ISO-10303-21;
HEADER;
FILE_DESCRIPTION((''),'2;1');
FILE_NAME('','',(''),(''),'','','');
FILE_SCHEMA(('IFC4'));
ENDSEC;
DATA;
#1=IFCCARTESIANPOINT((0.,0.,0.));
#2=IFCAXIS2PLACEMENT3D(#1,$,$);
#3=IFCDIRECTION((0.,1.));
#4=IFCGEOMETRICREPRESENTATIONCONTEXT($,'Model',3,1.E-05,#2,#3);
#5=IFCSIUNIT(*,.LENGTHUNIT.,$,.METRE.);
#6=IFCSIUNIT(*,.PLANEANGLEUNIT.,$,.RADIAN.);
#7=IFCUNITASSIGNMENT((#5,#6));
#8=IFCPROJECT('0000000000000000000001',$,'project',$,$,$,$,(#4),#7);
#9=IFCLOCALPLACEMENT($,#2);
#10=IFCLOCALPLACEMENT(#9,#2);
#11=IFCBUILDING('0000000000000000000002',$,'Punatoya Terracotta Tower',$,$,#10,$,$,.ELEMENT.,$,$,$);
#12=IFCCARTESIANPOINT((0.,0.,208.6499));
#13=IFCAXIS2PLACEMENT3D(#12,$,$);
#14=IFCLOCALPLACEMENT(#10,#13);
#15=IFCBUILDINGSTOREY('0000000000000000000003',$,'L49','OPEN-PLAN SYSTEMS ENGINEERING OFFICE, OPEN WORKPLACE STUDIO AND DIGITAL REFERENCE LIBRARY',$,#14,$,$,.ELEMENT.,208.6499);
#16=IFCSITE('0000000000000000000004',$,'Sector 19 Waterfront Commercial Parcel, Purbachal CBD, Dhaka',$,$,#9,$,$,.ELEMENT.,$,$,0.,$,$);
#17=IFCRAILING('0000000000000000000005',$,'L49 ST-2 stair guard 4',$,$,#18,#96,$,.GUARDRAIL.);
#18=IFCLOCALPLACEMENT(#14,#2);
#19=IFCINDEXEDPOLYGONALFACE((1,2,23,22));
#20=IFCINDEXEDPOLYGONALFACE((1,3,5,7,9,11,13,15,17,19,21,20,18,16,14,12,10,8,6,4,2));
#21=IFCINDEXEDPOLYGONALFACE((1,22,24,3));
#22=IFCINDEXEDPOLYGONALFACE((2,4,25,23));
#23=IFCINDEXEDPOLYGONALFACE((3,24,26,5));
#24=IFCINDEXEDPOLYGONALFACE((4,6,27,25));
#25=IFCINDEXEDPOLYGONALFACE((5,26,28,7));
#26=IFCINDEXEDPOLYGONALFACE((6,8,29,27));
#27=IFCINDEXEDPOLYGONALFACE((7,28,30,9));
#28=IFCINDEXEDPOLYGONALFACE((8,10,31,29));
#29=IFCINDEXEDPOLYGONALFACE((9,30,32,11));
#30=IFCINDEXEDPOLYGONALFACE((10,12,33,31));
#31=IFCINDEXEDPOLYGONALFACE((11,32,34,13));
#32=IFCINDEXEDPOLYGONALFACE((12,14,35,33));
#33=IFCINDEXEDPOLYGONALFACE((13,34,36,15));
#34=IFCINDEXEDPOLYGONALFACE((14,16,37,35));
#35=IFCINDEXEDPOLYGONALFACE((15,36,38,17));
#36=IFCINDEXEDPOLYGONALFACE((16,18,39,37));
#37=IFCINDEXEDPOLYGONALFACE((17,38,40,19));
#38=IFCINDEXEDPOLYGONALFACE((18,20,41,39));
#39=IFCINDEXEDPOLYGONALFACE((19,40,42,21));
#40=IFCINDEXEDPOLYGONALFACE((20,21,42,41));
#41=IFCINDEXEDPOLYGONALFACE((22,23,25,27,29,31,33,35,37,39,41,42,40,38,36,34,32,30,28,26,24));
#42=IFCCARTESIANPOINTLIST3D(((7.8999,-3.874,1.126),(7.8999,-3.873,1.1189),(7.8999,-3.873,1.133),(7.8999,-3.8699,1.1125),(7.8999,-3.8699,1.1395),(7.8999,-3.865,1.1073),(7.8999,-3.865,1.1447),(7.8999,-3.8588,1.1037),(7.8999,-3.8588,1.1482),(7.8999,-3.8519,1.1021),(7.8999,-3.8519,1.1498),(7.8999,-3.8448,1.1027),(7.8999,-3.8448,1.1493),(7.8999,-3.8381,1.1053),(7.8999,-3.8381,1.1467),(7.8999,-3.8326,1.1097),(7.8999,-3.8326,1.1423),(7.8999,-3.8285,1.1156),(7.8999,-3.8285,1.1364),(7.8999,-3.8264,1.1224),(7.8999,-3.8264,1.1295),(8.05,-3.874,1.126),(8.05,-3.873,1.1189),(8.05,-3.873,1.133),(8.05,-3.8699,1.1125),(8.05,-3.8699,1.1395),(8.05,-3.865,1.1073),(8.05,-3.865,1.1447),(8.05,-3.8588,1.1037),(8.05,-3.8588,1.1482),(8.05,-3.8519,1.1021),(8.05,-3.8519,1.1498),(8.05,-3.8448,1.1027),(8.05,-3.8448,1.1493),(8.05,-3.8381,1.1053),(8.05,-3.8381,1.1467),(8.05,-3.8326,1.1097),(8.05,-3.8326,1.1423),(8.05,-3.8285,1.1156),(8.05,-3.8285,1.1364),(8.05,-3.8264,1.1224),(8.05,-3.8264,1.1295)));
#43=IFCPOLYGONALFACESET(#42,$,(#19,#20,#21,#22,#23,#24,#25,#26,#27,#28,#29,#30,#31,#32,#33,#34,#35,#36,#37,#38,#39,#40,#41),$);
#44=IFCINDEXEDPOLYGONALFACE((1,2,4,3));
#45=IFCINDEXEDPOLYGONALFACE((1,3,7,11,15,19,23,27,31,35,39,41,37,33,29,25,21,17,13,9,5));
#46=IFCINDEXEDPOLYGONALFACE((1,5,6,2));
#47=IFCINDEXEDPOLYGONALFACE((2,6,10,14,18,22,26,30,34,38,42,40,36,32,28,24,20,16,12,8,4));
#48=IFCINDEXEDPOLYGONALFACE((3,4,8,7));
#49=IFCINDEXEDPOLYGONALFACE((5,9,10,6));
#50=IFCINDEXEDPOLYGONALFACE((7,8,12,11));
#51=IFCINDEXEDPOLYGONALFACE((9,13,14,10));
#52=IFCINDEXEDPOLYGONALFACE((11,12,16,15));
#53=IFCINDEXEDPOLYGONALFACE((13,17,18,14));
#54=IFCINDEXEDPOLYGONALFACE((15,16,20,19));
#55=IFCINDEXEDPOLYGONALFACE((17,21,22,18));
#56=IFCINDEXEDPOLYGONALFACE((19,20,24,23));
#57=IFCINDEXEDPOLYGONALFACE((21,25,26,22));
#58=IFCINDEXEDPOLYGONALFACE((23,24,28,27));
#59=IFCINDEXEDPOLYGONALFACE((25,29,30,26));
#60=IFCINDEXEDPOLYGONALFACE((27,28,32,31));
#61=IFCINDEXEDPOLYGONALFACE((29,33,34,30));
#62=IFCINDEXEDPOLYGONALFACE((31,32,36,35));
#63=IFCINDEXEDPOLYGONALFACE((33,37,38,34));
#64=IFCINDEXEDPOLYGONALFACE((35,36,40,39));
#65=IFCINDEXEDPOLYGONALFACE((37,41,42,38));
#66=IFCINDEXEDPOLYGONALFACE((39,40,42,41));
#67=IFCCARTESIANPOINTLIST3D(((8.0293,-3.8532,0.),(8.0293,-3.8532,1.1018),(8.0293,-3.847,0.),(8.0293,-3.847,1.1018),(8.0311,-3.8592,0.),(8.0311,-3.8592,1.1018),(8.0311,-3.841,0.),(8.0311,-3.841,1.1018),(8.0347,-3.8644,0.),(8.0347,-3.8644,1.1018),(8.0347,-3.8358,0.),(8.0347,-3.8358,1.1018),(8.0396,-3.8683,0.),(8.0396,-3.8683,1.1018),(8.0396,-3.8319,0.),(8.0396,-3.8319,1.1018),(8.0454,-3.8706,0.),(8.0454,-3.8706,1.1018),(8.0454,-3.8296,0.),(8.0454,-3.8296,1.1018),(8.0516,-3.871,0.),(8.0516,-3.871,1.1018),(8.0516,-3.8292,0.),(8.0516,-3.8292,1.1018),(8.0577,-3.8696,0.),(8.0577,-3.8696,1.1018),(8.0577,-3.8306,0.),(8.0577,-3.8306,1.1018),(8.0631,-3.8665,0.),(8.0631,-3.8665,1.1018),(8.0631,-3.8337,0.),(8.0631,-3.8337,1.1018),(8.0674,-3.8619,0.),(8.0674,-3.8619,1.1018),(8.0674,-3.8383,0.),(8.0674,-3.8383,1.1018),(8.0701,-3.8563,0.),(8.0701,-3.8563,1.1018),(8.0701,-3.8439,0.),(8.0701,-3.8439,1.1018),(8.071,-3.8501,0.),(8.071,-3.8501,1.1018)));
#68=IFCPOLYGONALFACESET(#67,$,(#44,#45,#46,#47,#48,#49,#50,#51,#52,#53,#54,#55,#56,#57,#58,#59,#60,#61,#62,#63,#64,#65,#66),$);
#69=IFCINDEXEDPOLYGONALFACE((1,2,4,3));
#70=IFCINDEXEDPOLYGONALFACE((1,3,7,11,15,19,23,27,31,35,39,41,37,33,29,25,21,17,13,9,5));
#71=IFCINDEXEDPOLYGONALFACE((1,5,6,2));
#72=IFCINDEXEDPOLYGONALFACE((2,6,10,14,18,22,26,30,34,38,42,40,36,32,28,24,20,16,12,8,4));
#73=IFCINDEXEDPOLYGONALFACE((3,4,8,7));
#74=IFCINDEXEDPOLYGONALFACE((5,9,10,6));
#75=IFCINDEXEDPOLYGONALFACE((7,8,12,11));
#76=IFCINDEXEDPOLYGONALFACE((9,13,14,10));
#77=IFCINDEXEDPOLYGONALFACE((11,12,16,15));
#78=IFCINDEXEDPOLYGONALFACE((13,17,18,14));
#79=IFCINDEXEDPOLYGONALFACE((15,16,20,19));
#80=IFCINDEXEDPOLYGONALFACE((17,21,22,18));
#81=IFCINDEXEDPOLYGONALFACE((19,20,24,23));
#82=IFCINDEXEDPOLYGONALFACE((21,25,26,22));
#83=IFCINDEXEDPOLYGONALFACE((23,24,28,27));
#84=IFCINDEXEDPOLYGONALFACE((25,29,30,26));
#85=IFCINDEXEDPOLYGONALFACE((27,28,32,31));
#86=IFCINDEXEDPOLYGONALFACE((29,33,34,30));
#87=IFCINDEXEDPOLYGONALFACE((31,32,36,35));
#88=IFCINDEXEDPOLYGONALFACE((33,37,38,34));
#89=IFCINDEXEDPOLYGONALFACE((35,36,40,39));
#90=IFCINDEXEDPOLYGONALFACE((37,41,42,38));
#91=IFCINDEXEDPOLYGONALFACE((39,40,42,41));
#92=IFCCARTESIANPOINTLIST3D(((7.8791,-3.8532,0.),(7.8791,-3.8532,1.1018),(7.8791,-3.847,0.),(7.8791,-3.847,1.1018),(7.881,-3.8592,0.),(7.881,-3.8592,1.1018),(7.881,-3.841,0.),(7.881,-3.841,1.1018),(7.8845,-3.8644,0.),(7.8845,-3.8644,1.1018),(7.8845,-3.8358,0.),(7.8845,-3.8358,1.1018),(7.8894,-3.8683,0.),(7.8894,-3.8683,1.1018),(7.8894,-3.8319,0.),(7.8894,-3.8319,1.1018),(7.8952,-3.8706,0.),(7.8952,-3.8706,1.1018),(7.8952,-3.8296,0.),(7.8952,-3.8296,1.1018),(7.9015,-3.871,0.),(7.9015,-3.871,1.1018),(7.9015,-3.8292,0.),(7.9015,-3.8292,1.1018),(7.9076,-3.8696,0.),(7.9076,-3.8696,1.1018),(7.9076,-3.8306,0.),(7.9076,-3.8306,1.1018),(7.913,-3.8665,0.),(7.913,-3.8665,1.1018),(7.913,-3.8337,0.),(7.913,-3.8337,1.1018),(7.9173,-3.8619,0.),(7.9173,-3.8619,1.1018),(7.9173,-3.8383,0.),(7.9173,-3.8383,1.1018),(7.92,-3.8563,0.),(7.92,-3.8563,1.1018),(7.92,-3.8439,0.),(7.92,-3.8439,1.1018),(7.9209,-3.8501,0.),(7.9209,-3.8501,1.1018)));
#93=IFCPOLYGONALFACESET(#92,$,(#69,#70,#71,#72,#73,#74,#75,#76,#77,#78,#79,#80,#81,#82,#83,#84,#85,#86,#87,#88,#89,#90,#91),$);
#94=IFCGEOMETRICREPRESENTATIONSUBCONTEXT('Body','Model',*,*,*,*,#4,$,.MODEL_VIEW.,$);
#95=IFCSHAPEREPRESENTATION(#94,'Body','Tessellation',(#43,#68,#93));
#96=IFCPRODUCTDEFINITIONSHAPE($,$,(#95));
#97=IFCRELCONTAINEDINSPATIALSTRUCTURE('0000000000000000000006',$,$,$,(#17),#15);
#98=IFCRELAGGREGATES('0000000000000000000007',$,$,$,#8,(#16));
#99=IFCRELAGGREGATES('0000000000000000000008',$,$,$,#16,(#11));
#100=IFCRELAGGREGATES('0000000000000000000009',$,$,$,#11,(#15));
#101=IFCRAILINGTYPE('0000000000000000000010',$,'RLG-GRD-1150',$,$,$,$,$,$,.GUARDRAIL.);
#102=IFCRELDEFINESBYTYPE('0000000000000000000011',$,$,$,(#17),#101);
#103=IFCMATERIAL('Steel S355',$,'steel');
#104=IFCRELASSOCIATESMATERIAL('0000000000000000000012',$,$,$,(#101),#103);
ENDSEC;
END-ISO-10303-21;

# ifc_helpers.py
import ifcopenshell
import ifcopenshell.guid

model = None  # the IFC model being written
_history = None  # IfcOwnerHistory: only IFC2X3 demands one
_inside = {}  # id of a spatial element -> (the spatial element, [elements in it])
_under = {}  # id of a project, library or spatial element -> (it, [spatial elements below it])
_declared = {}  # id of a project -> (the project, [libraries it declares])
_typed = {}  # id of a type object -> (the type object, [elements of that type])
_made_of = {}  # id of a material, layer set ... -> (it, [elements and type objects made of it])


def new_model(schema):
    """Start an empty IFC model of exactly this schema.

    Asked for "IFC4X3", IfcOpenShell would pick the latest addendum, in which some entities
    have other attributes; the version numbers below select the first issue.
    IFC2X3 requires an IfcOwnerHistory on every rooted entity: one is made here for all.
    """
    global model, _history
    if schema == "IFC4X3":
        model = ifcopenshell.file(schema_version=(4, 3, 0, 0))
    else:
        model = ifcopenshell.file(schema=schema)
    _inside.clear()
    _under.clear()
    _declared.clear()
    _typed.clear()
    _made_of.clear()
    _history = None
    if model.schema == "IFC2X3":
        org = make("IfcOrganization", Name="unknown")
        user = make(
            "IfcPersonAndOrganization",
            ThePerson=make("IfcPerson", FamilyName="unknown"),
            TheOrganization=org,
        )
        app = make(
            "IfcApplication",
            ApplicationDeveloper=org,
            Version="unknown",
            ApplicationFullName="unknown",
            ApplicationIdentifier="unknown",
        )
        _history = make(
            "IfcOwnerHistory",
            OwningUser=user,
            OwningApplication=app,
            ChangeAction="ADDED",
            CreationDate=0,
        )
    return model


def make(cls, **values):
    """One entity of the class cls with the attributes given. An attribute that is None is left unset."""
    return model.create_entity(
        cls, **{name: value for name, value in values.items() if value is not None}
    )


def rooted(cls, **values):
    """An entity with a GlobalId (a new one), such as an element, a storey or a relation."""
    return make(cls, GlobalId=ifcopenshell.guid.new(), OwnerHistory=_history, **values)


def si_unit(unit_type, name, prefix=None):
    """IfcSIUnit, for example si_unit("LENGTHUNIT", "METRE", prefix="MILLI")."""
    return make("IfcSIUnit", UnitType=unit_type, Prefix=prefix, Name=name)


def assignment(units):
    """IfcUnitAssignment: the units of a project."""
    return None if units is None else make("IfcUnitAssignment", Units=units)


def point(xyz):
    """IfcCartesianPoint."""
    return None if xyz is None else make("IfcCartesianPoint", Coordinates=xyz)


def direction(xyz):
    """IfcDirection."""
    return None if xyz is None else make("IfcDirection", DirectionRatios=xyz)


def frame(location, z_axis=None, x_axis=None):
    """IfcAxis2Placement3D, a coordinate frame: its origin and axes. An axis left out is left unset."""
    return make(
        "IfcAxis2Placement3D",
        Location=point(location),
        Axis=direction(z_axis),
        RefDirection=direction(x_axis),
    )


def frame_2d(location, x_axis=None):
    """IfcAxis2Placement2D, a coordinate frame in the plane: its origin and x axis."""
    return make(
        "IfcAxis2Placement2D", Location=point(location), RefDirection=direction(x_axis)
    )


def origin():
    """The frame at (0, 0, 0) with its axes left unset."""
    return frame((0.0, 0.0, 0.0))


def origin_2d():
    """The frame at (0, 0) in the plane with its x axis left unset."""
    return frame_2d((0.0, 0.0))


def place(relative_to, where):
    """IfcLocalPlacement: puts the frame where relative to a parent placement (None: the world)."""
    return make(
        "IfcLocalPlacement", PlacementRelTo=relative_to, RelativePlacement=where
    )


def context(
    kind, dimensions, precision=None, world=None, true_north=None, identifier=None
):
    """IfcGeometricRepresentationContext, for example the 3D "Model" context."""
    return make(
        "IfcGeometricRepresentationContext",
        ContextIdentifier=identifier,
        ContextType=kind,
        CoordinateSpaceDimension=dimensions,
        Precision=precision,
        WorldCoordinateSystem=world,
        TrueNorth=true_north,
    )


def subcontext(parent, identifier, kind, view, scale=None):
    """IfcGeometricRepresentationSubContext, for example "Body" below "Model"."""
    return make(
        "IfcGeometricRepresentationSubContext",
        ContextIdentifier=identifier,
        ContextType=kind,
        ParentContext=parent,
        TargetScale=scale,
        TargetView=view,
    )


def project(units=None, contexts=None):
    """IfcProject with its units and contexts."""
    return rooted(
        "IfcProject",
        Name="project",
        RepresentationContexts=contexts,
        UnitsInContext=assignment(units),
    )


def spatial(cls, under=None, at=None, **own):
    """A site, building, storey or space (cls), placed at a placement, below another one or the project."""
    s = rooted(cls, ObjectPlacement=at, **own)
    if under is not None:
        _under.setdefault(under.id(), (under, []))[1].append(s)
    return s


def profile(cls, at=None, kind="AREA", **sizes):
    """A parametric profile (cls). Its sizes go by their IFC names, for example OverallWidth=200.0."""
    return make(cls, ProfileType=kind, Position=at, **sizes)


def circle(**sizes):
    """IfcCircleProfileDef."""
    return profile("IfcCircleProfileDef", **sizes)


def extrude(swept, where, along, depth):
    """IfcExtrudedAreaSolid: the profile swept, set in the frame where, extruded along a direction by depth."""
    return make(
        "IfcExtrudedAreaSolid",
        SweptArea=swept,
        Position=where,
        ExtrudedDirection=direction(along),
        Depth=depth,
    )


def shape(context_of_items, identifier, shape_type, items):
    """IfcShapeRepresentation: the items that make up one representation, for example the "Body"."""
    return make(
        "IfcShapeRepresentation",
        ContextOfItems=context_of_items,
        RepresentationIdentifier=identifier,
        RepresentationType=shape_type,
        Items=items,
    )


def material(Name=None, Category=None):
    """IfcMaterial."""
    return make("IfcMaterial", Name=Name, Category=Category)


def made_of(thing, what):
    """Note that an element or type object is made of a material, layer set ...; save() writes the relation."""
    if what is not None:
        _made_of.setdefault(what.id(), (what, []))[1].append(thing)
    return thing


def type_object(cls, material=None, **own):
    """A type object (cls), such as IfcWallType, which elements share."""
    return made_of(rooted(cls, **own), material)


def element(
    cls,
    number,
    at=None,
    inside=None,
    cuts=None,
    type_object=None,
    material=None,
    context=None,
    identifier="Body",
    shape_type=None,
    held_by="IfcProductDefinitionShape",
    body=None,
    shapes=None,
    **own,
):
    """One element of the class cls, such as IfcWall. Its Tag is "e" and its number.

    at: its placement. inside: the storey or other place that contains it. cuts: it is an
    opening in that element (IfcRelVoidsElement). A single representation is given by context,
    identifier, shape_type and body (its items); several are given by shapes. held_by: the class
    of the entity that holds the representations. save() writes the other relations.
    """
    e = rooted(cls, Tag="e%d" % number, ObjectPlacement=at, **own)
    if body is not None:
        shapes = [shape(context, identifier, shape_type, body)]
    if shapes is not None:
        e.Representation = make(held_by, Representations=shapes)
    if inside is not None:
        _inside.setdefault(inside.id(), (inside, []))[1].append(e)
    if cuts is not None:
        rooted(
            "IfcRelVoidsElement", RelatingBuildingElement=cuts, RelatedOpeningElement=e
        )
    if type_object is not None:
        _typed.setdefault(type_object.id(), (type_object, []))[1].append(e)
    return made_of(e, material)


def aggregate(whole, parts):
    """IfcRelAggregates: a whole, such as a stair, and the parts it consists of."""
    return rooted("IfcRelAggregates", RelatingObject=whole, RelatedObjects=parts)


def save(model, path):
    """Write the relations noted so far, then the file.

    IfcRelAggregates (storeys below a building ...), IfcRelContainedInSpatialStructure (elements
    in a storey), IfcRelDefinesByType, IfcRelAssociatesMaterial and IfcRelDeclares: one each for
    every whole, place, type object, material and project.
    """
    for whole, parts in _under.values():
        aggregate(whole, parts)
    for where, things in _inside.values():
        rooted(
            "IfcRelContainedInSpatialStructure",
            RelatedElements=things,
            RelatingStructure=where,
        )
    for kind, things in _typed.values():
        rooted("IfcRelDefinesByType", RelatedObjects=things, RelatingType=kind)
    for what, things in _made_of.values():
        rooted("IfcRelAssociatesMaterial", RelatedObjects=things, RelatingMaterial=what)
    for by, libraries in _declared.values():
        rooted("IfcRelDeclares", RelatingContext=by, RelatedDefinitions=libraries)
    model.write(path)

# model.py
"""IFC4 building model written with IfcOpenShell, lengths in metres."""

from ifc_helpers import new_model, si_unit, direction, frame, origin, origin_2d, place, context, subcontext, project, spatial, circle, extrude, material, type_object, element, save


model = new_model("IFC4")

# Units and contexts
model_context = context("Model", 3, precision=1e-05, world=origin(), true_north=direction((0.0, 1.0)))
body_context = subcontext(model_context, "Body", "Model", "MODEL_VIEW")
ifc_project = project(units=[si_unit("LENGTHUNIT", "METRE"), si_unit("PLANEANGLEUNIT", "RADIAN")], contexts=[model_context])

# Site, building, storey
site_placement = place(None, origin())
site = spatial("IfcSite", under=ifc_project, at=site_placement, Name="Sector 19 Waterfront Commercial Parcel, Purbachal CBD, Dhaka", CompositionType="ELEMENT", RefElevation=0.0)
building_placement = place(site_placement, origin())
building = spatial("IfcBuilding", under=site, at=building_placement, Name="Punatoya Terracotta Tower", CompositionType="ELEMENT")
storey_placement = place(building_placement, frame((0.0, 0.0, 208.6499)))
storey = spatial("IfcBuildingStorey", under=building, at=storey_placement, Name="L49", Description="OPEN-PLAN SYSTEMS ENGINEERING OFFICE, OPEN WORKPLACE STUDIO AND DIGITAL REFERENCE LIBRARY", CompositionType="ELEMENT", Elevation=208.6499)

# Shared definitions
ifc_material_1 = material(Name="Steel S355", Category="steel")

# Railing
railing_type_1 = type_object("IfcRailingType", Name="RLG-GRD-1150", PredefinedType="GUARDRAIL", material=ifc_material_1)
railing_1_placement = place(storey_placement, frame((8.05, -3.8501, 0.0)))
element("IfcRailing", 1, at=railing_1_placement, inside=storey, type_object=railing_type_1, Name="L49 ST-2 stair guard 4", PredefinedType="GUARDRAIL", context=body_context, shape_type="SweptSolid", body=[
    extrude(circle(Radius=0.0239, at=origin_2d()), frame((0.0, 0.0, 1.126), z_axis=(-1.0, 0.0, 0.0), x_axis=(0.0, -1.0, 0.0)), (0.0, 0.0, 1.0), 0.1501),
    extrude(circle(Radius=0.021, at=origin_2d()), origin(), (0.0, 0.0, 1.0), 1.1018),
    extrude(circle(Radius=0.021, at=origin_2d()), frame((-0.1501, 0.0, 0.0)), (0.0, 0.0, 1.0), 1.1018),
])

save(model, "model.ifc")
